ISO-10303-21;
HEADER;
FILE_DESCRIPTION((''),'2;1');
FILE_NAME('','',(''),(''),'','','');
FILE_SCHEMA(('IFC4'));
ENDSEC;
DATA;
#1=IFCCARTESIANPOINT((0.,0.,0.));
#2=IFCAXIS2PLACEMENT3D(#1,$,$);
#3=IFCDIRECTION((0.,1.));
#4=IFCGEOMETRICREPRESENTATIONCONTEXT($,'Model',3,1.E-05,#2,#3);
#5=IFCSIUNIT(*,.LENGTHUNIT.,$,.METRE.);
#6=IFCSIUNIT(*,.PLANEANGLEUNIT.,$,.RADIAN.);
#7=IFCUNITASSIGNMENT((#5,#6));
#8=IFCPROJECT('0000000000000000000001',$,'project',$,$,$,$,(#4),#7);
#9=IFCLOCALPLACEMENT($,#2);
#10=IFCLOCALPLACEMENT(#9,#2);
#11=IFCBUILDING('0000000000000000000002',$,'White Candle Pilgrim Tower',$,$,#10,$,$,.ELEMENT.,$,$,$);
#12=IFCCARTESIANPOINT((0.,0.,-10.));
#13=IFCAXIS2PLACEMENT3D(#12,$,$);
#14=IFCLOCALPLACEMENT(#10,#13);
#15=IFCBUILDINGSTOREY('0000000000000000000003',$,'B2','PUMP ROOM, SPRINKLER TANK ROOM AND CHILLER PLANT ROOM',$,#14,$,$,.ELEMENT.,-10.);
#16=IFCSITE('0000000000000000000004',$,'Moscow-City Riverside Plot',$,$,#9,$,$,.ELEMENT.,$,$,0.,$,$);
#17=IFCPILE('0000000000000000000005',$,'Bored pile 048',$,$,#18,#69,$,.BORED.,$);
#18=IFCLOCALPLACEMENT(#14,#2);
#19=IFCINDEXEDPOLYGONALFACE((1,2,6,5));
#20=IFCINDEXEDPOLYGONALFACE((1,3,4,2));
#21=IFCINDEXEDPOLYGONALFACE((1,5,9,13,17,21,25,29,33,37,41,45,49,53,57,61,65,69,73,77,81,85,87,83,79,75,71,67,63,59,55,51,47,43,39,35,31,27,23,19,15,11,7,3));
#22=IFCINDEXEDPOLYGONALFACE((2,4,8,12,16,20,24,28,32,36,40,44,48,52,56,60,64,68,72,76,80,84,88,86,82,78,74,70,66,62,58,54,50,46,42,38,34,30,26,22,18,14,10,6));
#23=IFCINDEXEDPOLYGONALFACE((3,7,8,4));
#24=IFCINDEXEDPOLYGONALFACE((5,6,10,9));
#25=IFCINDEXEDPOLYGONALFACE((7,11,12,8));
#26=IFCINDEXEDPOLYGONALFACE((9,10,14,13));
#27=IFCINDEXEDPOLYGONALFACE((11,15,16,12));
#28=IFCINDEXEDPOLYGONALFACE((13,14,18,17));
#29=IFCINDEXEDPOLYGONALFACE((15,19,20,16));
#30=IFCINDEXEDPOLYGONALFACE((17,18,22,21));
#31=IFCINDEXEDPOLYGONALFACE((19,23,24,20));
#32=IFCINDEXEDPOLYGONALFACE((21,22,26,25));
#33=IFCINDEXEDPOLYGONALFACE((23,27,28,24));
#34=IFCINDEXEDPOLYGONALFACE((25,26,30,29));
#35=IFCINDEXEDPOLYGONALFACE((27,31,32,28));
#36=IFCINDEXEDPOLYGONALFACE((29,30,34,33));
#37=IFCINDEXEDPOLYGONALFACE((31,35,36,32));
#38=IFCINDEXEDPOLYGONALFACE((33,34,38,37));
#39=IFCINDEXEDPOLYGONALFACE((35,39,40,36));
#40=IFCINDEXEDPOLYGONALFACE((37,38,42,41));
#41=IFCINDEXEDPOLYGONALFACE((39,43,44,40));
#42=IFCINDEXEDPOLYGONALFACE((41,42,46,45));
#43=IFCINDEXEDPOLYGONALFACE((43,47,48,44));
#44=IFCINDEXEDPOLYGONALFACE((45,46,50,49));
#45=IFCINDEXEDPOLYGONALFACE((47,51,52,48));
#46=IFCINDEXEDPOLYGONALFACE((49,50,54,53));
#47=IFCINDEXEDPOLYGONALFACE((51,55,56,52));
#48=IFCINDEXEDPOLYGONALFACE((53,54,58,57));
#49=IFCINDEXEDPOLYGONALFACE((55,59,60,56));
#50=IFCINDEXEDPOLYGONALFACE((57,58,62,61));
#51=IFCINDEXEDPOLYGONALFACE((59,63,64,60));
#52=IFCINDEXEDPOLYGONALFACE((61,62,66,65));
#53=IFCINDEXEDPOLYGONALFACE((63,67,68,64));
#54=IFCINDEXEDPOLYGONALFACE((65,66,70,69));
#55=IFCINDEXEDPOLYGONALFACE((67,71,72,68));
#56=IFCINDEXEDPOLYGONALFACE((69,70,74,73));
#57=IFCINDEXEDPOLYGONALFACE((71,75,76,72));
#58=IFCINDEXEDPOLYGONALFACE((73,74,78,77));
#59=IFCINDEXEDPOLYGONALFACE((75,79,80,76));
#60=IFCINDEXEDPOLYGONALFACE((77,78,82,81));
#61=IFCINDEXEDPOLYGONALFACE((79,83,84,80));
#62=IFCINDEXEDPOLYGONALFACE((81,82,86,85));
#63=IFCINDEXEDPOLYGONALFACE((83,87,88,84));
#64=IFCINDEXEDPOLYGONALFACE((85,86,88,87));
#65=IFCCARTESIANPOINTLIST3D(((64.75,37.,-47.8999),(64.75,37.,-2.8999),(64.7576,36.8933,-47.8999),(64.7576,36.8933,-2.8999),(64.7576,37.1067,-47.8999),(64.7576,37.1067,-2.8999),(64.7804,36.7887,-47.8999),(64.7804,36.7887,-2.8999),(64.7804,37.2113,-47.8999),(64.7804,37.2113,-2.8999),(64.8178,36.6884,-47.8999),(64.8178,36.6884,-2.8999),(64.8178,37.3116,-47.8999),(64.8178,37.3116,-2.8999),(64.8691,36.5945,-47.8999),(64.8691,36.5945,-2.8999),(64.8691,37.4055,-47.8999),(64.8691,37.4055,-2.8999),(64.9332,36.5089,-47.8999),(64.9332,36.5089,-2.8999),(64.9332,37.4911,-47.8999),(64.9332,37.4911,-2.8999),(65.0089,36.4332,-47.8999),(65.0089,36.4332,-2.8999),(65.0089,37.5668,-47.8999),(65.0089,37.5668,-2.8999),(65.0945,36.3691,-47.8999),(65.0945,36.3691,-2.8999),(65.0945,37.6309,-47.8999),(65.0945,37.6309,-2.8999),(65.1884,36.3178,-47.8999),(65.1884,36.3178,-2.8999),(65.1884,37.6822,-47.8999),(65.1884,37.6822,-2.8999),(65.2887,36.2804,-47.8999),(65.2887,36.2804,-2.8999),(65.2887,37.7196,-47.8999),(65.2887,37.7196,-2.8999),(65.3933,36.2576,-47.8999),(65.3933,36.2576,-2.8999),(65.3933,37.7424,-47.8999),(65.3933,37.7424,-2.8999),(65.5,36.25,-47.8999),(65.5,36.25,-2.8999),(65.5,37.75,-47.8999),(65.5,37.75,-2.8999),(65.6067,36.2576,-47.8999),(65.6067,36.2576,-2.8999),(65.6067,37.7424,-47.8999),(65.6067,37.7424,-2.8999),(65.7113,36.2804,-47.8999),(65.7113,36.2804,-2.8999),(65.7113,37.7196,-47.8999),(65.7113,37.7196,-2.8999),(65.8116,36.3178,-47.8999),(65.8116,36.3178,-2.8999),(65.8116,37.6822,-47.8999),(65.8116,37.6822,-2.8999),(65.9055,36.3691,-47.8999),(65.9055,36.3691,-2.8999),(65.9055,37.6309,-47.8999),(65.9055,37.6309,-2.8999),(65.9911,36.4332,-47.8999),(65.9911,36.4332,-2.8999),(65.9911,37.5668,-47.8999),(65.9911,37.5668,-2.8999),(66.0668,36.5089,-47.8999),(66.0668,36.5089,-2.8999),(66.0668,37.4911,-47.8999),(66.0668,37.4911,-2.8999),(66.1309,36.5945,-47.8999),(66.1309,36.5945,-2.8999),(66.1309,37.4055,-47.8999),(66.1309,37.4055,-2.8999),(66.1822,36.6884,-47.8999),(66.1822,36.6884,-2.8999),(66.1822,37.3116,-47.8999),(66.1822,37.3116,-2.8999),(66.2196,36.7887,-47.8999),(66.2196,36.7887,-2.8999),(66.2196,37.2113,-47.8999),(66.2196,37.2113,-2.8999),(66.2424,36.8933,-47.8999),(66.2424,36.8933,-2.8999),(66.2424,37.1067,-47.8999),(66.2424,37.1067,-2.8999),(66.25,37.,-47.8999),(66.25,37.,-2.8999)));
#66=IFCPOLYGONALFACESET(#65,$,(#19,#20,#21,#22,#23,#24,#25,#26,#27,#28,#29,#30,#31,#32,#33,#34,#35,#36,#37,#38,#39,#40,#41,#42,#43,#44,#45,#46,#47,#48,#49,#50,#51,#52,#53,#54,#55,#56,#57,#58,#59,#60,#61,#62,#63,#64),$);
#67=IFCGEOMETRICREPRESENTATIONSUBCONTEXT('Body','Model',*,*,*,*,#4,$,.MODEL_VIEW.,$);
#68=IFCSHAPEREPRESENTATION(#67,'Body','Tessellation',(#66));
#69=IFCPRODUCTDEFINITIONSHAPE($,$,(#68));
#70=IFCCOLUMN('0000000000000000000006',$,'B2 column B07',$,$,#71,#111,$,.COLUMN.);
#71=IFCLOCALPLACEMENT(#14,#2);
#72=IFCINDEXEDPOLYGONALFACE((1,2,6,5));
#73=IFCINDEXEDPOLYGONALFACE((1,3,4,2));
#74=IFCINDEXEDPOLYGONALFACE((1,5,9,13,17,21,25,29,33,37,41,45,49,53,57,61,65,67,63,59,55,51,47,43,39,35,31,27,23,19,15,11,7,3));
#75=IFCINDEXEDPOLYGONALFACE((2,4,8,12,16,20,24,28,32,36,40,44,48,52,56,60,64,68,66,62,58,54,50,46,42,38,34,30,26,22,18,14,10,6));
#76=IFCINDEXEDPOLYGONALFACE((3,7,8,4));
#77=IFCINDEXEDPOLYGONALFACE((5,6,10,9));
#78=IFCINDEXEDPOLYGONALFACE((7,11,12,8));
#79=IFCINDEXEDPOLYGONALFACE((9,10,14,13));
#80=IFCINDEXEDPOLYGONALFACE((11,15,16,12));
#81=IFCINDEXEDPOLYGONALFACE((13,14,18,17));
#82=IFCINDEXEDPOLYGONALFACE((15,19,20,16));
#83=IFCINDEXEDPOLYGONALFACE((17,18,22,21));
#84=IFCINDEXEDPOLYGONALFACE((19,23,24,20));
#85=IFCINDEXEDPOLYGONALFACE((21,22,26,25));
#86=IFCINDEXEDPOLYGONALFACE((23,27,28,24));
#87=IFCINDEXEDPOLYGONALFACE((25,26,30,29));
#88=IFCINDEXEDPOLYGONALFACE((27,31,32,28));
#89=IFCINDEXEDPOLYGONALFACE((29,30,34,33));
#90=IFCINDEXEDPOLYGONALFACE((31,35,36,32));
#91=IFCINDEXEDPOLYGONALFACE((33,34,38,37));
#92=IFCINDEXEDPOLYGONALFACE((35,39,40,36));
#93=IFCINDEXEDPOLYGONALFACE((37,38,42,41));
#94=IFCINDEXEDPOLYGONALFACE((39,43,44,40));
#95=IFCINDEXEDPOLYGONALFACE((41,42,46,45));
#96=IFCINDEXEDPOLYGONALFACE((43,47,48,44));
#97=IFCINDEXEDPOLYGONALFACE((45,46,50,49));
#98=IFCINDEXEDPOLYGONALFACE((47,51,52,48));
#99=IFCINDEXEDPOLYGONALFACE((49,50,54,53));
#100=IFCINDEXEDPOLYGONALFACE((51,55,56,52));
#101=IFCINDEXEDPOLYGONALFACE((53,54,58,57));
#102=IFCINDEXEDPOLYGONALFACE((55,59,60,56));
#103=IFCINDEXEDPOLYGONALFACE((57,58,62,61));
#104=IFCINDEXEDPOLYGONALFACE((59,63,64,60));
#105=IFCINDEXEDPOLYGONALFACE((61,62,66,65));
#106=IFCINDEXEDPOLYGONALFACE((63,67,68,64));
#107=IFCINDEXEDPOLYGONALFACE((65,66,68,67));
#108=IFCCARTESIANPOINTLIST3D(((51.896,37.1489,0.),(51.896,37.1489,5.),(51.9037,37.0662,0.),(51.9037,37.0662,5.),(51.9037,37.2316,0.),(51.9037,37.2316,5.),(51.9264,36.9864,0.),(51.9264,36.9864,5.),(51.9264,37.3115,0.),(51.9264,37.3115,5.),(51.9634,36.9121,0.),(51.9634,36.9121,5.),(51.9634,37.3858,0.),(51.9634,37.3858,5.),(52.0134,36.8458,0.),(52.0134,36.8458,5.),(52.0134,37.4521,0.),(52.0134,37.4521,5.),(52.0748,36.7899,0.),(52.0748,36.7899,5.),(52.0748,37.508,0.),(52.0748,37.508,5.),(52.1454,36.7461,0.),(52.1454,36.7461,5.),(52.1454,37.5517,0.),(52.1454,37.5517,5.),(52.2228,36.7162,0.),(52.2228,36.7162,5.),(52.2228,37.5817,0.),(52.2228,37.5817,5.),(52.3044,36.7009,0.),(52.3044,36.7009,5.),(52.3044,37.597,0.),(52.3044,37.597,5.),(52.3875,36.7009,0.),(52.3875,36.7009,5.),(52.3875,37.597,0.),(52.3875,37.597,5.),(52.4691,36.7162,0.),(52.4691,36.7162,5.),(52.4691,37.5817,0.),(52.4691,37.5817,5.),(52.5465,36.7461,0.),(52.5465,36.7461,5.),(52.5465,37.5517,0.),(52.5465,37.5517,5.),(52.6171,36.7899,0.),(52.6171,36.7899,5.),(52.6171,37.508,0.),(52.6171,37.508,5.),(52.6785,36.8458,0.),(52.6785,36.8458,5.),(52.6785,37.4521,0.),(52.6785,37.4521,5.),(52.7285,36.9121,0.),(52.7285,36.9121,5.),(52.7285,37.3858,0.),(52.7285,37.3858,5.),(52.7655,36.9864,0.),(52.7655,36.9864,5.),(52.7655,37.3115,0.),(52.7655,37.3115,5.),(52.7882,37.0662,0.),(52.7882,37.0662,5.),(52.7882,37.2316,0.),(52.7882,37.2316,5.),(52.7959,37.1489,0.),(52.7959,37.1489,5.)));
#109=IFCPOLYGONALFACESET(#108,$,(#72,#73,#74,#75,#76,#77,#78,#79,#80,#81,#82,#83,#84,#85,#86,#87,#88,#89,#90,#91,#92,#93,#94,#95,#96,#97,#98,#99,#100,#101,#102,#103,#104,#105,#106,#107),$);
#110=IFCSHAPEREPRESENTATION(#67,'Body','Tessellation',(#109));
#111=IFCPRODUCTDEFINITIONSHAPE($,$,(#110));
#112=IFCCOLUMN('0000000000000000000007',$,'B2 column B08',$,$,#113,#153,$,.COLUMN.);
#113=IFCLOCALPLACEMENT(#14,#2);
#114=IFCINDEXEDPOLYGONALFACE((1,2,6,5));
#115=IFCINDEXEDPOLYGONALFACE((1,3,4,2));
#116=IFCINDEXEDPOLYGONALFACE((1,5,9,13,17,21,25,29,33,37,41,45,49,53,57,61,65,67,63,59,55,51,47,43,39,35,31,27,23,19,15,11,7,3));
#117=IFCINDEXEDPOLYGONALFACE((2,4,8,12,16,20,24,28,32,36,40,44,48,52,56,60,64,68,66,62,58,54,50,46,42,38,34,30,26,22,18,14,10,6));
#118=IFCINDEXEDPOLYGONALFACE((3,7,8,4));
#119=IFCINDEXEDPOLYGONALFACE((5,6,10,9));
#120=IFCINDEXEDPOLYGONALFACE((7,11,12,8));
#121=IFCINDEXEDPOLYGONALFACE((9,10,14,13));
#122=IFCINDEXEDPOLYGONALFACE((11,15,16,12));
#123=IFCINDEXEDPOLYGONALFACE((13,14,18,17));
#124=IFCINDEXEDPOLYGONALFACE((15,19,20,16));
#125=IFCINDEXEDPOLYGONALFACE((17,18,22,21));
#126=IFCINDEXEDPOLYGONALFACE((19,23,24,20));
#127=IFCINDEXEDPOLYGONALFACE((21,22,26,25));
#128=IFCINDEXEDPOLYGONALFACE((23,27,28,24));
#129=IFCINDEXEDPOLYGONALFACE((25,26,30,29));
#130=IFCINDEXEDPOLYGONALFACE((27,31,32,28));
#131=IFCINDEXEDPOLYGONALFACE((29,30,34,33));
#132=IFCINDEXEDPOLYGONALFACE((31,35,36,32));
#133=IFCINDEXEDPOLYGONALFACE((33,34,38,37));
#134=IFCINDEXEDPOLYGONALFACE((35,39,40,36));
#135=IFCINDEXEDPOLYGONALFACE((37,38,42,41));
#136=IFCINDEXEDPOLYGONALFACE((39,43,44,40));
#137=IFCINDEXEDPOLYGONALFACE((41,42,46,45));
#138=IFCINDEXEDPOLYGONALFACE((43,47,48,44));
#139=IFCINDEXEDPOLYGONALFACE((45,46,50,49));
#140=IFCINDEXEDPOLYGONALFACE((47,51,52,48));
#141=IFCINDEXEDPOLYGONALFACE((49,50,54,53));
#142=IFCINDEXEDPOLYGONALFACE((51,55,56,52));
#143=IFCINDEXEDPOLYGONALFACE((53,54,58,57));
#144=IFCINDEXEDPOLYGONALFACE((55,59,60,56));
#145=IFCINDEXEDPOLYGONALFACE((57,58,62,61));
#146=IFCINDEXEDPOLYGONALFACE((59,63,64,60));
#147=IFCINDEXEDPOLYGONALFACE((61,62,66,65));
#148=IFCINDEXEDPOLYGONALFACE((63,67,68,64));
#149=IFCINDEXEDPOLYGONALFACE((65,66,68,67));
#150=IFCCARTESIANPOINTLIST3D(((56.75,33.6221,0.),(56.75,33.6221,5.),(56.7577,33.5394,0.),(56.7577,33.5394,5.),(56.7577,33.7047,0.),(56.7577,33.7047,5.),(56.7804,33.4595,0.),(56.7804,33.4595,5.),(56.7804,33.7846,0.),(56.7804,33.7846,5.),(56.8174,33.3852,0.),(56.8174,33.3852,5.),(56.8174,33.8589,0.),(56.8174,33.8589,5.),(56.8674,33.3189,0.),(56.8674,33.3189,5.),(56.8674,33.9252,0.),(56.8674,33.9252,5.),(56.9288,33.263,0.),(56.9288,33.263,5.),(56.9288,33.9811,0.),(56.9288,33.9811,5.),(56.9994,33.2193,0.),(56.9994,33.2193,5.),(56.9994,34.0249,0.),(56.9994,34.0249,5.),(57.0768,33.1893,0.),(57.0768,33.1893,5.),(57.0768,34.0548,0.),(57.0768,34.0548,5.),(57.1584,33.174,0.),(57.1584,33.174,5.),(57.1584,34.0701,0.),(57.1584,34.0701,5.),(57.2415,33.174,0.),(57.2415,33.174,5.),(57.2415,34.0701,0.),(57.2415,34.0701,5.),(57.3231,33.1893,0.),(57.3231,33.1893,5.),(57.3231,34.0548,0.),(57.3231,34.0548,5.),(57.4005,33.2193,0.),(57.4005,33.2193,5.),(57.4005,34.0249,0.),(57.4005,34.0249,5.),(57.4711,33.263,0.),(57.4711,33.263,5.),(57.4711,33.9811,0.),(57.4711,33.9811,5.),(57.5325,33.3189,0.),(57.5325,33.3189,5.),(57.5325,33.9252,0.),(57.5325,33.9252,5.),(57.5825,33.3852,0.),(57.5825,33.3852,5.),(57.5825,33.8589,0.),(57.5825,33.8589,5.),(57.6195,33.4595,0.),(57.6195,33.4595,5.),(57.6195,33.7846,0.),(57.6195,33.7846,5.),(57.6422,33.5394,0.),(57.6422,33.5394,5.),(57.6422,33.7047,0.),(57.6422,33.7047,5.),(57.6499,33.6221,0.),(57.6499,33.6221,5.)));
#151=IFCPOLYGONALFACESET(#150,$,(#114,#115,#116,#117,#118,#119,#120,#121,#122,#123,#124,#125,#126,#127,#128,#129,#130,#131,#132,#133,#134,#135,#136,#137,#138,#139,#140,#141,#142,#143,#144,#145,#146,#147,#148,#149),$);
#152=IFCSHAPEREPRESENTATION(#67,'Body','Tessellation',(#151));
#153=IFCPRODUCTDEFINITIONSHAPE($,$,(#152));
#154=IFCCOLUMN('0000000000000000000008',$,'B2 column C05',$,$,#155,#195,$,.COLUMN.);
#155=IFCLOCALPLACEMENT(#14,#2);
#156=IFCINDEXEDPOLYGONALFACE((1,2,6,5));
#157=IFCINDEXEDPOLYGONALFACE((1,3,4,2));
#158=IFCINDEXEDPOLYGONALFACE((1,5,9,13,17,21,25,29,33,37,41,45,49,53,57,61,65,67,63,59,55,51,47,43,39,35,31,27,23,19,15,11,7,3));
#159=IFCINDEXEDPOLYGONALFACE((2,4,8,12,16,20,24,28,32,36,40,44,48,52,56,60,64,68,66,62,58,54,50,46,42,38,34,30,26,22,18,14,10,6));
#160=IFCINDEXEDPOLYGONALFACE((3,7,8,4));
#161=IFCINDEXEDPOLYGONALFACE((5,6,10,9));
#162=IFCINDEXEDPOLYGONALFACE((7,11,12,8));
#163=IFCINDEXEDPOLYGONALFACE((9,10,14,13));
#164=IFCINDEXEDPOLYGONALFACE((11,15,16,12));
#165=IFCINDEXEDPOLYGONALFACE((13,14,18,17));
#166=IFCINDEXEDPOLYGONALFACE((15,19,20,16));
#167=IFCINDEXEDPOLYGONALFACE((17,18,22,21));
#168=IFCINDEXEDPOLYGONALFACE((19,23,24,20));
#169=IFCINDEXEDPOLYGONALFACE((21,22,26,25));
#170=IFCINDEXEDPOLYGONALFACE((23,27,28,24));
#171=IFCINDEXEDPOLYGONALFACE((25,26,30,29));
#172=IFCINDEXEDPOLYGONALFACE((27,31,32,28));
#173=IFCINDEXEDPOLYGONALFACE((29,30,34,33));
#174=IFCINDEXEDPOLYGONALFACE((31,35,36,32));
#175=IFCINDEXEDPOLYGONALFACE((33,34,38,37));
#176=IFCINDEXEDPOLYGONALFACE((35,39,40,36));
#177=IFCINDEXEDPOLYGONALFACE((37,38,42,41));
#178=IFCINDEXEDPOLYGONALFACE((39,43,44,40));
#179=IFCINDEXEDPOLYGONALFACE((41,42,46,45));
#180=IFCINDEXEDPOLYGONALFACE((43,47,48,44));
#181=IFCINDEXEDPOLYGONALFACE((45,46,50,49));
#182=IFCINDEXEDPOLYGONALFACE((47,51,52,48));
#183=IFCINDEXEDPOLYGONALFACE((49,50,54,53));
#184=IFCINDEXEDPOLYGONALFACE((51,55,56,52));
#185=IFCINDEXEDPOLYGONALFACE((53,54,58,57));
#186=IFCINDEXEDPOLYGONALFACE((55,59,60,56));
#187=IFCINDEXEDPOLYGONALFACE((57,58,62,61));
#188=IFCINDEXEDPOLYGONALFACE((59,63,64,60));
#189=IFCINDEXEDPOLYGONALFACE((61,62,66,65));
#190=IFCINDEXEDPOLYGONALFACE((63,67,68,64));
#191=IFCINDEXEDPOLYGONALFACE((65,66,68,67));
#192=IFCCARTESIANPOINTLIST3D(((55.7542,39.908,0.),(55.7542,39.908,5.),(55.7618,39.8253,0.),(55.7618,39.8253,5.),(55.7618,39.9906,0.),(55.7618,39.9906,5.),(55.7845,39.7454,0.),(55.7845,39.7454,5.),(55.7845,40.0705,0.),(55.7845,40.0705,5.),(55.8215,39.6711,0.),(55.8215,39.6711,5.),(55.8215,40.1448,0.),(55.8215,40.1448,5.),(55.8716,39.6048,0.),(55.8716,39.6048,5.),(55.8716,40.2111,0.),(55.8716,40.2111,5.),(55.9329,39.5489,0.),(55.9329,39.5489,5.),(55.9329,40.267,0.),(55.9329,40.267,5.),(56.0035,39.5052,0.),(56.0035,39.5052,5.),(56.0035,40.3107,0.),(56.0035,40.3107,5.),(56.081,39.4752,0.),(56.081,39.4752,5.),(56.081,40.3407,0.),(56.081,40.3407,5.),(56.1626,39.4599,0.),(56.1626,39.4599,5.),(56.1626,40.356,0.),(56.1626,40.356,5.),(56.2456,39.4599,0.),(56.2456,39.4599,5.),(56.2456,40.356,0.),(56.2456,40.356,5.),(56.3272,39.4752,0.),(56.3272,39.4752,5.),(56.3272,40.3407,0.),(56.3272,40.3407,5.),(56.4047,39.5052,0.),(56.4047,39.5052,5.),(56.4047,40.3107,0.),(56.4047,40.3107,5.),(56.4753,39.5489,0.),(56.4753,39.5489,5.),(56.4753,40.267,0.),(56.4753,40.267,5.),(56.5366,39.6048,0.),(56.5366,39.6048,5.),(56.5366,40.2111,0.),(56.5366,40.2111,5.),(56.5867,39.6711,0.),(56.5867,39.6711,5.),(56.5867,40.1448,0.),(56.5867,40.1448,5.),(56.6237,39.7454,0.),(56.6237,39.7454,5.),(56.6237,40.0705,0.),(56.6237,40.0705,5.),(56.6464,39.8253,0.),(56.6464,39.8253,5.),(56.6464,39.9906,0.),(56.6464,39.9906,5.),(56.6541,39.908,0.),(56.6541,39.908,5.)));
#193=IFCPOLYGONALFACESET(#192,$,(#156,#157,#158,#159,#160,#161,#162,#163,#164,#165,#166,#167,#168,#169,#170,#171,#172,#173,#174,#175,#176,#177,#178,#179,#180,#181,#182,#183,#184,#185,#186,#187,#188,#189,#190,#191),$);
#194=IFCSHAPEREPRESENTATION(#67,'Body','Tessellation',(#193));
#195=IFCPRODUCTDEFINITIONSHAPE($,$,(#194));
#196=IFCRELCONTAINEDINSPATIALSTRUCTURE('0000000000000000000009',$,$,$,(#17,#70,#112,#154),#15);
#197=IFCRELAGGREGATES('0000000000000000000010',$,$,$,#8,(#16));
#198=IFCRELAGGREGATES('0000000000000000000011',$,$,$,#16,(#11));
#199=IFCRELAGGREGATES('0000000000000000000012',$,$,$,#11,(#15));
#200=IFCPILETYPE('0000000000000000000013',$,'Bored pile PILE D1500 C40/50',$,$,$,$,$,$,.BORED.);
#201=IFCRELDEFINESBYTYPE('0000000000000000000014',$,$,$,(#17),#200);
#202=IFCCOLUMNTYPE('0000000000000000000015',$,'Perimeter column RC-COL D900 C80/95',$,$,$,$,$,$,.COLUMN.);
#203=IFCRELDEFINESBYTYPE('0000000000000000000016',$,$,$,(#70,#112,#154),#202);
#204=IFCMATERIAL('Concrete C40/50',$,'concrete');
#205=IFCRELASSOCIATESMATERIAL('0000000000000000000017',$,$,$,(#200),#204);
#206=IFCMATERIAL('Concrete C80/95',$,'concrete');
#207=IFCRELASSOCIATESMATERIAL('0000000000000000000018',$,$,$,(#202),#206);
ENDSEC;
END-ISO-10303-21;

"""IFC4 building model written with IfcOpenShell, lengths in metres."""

from ifc_helpers import new_model, si_unit, direction, frame, origin, origin_2d, place, context, subcontext, project, spatial, circle, extrude, material, material_profile, profile_set, type_object, element, save


model = new_model("IFC4")

# Units and contexts
model_context = context("Model", 3, precision=1e-05, world=origin(), true_north=direction((0.0, 1.0)))
body_context = subcontext(model_context, "Body", "Model", "MODEL_VIEW")
ifc_project = project(units=[si_unit("LENGTHUNIT", "METRE"), si_unit("PLANEANGLEUNIT", "RADIAN")], contexts=[model_context])

# Site, building, storey
site_placement = place(None, origin())
site = spatial("IfcSite", under=ifc_project, at=site_placement, Name="Moscow-City Riverside Plot", CompositionType="ELEMENT", RefElevation=0.0)
building_placement = place(site_placement, origin())
building = spatial("IfcBuilding", under=site, at=building_placement, Name="White Candle Pilgrim Tower", CompositionType="ELEMENT")
storey_placement = place(building_placement, frame((0.0, 0.0, -10.0)))
storey = spatial("IfcBuildingStorey", under=building, at=storey_placement, Name="B2", Description="PUMP ROOM, SPRINKLER TANK ROOM AND CHILLER PLANT ROOM", CompositionType="ELEMENT", Elevation=-10.0)

# Pile
ifc_material_1 = material(Name="Concrete C40/50", Category="concrete")
ifc_material_profile_1 = material_profile(ifc_material_1, circle(Radius=0.75, at=origin_2d()), Name="PILE D1500")
ifc_profile_set_1 = profile_set([ifc_material_profile_1], Name="Concrete C40/50")
pile_type_1 = type_object("IfcPileType", Name="Bored pile PILE D1500 C40/50", PredefinedType="BORED", material=ifc_profile_set_1)
for number, where, z_axis, x_axis, name in (
    (1, (65.5, 37.0, -2.8999), (0.0, 0.0, -1.0), (1.0, 0.0, 0.0), "Bored pile 048"),
):
    element("IfcPile", number, at=place(storey_placement, frame(where, z_axis=z_axis, x_axis=x_axis)), inside=storey, type_object=pile_type_1, Name=name, PredefinedType="BORED", context=body_context, shape_type="SweptSolid", body=[
        extrude(circle(Radius=0.75, at=origin_2d()), origin(), (0.0, 0.0, 1.0), 45.0),
    ])

# Columns
ifc_material_2 = material(Name="Concrete C80/95", Category="concrete")
ifc_material_profile_2 = material_profile(ifc_material_2, circle(Radius=0.45, at=origin_2d()), Name="RC-COL D900")
ifc_profile_set_2 = profile_set([ifc_material_profile_2], Name="Concrete C80/95")
column_type = type_object("IfcColumnType", Name="Perimeter column RC-COL D900 C80/95", PredefinedType="COLUMN", material=ifc_profile_set_2)
for number, where, z_axis, x_axis, name in (
    (2, (52.3459, 37.1489, 0.0), (0.0, 0.0, 1.0), (1.0, 0.0, 0.0), "B2 column B07"),
    (3, (57.2, 33.6221, 0.0), (0.0, 0.0, 1.0), (1.0, 0.0, 0.0), "B2 column B08"),
    (4, (56.2041, 39.908, 0.0), (0.0, 0.0, 1.0), (1.0, 0.0, 0.0), "B2 column C05"),
):
    element("IfcColumn", number, at=place(storey_placement, frame(where, z_axis=z_axis, x_axis=x_axis)), inside=storey, type_object=column_type, Name=name, PredefinedType="COLUMN", context=body_context, shape_type="SweptSolid", body=[
        extrude(circle(Radius=0.45, at=origin_2d()), origin(), (0.0, 0.0, 1.0), 5.0),
    ])

save(model, "model.ifc")
